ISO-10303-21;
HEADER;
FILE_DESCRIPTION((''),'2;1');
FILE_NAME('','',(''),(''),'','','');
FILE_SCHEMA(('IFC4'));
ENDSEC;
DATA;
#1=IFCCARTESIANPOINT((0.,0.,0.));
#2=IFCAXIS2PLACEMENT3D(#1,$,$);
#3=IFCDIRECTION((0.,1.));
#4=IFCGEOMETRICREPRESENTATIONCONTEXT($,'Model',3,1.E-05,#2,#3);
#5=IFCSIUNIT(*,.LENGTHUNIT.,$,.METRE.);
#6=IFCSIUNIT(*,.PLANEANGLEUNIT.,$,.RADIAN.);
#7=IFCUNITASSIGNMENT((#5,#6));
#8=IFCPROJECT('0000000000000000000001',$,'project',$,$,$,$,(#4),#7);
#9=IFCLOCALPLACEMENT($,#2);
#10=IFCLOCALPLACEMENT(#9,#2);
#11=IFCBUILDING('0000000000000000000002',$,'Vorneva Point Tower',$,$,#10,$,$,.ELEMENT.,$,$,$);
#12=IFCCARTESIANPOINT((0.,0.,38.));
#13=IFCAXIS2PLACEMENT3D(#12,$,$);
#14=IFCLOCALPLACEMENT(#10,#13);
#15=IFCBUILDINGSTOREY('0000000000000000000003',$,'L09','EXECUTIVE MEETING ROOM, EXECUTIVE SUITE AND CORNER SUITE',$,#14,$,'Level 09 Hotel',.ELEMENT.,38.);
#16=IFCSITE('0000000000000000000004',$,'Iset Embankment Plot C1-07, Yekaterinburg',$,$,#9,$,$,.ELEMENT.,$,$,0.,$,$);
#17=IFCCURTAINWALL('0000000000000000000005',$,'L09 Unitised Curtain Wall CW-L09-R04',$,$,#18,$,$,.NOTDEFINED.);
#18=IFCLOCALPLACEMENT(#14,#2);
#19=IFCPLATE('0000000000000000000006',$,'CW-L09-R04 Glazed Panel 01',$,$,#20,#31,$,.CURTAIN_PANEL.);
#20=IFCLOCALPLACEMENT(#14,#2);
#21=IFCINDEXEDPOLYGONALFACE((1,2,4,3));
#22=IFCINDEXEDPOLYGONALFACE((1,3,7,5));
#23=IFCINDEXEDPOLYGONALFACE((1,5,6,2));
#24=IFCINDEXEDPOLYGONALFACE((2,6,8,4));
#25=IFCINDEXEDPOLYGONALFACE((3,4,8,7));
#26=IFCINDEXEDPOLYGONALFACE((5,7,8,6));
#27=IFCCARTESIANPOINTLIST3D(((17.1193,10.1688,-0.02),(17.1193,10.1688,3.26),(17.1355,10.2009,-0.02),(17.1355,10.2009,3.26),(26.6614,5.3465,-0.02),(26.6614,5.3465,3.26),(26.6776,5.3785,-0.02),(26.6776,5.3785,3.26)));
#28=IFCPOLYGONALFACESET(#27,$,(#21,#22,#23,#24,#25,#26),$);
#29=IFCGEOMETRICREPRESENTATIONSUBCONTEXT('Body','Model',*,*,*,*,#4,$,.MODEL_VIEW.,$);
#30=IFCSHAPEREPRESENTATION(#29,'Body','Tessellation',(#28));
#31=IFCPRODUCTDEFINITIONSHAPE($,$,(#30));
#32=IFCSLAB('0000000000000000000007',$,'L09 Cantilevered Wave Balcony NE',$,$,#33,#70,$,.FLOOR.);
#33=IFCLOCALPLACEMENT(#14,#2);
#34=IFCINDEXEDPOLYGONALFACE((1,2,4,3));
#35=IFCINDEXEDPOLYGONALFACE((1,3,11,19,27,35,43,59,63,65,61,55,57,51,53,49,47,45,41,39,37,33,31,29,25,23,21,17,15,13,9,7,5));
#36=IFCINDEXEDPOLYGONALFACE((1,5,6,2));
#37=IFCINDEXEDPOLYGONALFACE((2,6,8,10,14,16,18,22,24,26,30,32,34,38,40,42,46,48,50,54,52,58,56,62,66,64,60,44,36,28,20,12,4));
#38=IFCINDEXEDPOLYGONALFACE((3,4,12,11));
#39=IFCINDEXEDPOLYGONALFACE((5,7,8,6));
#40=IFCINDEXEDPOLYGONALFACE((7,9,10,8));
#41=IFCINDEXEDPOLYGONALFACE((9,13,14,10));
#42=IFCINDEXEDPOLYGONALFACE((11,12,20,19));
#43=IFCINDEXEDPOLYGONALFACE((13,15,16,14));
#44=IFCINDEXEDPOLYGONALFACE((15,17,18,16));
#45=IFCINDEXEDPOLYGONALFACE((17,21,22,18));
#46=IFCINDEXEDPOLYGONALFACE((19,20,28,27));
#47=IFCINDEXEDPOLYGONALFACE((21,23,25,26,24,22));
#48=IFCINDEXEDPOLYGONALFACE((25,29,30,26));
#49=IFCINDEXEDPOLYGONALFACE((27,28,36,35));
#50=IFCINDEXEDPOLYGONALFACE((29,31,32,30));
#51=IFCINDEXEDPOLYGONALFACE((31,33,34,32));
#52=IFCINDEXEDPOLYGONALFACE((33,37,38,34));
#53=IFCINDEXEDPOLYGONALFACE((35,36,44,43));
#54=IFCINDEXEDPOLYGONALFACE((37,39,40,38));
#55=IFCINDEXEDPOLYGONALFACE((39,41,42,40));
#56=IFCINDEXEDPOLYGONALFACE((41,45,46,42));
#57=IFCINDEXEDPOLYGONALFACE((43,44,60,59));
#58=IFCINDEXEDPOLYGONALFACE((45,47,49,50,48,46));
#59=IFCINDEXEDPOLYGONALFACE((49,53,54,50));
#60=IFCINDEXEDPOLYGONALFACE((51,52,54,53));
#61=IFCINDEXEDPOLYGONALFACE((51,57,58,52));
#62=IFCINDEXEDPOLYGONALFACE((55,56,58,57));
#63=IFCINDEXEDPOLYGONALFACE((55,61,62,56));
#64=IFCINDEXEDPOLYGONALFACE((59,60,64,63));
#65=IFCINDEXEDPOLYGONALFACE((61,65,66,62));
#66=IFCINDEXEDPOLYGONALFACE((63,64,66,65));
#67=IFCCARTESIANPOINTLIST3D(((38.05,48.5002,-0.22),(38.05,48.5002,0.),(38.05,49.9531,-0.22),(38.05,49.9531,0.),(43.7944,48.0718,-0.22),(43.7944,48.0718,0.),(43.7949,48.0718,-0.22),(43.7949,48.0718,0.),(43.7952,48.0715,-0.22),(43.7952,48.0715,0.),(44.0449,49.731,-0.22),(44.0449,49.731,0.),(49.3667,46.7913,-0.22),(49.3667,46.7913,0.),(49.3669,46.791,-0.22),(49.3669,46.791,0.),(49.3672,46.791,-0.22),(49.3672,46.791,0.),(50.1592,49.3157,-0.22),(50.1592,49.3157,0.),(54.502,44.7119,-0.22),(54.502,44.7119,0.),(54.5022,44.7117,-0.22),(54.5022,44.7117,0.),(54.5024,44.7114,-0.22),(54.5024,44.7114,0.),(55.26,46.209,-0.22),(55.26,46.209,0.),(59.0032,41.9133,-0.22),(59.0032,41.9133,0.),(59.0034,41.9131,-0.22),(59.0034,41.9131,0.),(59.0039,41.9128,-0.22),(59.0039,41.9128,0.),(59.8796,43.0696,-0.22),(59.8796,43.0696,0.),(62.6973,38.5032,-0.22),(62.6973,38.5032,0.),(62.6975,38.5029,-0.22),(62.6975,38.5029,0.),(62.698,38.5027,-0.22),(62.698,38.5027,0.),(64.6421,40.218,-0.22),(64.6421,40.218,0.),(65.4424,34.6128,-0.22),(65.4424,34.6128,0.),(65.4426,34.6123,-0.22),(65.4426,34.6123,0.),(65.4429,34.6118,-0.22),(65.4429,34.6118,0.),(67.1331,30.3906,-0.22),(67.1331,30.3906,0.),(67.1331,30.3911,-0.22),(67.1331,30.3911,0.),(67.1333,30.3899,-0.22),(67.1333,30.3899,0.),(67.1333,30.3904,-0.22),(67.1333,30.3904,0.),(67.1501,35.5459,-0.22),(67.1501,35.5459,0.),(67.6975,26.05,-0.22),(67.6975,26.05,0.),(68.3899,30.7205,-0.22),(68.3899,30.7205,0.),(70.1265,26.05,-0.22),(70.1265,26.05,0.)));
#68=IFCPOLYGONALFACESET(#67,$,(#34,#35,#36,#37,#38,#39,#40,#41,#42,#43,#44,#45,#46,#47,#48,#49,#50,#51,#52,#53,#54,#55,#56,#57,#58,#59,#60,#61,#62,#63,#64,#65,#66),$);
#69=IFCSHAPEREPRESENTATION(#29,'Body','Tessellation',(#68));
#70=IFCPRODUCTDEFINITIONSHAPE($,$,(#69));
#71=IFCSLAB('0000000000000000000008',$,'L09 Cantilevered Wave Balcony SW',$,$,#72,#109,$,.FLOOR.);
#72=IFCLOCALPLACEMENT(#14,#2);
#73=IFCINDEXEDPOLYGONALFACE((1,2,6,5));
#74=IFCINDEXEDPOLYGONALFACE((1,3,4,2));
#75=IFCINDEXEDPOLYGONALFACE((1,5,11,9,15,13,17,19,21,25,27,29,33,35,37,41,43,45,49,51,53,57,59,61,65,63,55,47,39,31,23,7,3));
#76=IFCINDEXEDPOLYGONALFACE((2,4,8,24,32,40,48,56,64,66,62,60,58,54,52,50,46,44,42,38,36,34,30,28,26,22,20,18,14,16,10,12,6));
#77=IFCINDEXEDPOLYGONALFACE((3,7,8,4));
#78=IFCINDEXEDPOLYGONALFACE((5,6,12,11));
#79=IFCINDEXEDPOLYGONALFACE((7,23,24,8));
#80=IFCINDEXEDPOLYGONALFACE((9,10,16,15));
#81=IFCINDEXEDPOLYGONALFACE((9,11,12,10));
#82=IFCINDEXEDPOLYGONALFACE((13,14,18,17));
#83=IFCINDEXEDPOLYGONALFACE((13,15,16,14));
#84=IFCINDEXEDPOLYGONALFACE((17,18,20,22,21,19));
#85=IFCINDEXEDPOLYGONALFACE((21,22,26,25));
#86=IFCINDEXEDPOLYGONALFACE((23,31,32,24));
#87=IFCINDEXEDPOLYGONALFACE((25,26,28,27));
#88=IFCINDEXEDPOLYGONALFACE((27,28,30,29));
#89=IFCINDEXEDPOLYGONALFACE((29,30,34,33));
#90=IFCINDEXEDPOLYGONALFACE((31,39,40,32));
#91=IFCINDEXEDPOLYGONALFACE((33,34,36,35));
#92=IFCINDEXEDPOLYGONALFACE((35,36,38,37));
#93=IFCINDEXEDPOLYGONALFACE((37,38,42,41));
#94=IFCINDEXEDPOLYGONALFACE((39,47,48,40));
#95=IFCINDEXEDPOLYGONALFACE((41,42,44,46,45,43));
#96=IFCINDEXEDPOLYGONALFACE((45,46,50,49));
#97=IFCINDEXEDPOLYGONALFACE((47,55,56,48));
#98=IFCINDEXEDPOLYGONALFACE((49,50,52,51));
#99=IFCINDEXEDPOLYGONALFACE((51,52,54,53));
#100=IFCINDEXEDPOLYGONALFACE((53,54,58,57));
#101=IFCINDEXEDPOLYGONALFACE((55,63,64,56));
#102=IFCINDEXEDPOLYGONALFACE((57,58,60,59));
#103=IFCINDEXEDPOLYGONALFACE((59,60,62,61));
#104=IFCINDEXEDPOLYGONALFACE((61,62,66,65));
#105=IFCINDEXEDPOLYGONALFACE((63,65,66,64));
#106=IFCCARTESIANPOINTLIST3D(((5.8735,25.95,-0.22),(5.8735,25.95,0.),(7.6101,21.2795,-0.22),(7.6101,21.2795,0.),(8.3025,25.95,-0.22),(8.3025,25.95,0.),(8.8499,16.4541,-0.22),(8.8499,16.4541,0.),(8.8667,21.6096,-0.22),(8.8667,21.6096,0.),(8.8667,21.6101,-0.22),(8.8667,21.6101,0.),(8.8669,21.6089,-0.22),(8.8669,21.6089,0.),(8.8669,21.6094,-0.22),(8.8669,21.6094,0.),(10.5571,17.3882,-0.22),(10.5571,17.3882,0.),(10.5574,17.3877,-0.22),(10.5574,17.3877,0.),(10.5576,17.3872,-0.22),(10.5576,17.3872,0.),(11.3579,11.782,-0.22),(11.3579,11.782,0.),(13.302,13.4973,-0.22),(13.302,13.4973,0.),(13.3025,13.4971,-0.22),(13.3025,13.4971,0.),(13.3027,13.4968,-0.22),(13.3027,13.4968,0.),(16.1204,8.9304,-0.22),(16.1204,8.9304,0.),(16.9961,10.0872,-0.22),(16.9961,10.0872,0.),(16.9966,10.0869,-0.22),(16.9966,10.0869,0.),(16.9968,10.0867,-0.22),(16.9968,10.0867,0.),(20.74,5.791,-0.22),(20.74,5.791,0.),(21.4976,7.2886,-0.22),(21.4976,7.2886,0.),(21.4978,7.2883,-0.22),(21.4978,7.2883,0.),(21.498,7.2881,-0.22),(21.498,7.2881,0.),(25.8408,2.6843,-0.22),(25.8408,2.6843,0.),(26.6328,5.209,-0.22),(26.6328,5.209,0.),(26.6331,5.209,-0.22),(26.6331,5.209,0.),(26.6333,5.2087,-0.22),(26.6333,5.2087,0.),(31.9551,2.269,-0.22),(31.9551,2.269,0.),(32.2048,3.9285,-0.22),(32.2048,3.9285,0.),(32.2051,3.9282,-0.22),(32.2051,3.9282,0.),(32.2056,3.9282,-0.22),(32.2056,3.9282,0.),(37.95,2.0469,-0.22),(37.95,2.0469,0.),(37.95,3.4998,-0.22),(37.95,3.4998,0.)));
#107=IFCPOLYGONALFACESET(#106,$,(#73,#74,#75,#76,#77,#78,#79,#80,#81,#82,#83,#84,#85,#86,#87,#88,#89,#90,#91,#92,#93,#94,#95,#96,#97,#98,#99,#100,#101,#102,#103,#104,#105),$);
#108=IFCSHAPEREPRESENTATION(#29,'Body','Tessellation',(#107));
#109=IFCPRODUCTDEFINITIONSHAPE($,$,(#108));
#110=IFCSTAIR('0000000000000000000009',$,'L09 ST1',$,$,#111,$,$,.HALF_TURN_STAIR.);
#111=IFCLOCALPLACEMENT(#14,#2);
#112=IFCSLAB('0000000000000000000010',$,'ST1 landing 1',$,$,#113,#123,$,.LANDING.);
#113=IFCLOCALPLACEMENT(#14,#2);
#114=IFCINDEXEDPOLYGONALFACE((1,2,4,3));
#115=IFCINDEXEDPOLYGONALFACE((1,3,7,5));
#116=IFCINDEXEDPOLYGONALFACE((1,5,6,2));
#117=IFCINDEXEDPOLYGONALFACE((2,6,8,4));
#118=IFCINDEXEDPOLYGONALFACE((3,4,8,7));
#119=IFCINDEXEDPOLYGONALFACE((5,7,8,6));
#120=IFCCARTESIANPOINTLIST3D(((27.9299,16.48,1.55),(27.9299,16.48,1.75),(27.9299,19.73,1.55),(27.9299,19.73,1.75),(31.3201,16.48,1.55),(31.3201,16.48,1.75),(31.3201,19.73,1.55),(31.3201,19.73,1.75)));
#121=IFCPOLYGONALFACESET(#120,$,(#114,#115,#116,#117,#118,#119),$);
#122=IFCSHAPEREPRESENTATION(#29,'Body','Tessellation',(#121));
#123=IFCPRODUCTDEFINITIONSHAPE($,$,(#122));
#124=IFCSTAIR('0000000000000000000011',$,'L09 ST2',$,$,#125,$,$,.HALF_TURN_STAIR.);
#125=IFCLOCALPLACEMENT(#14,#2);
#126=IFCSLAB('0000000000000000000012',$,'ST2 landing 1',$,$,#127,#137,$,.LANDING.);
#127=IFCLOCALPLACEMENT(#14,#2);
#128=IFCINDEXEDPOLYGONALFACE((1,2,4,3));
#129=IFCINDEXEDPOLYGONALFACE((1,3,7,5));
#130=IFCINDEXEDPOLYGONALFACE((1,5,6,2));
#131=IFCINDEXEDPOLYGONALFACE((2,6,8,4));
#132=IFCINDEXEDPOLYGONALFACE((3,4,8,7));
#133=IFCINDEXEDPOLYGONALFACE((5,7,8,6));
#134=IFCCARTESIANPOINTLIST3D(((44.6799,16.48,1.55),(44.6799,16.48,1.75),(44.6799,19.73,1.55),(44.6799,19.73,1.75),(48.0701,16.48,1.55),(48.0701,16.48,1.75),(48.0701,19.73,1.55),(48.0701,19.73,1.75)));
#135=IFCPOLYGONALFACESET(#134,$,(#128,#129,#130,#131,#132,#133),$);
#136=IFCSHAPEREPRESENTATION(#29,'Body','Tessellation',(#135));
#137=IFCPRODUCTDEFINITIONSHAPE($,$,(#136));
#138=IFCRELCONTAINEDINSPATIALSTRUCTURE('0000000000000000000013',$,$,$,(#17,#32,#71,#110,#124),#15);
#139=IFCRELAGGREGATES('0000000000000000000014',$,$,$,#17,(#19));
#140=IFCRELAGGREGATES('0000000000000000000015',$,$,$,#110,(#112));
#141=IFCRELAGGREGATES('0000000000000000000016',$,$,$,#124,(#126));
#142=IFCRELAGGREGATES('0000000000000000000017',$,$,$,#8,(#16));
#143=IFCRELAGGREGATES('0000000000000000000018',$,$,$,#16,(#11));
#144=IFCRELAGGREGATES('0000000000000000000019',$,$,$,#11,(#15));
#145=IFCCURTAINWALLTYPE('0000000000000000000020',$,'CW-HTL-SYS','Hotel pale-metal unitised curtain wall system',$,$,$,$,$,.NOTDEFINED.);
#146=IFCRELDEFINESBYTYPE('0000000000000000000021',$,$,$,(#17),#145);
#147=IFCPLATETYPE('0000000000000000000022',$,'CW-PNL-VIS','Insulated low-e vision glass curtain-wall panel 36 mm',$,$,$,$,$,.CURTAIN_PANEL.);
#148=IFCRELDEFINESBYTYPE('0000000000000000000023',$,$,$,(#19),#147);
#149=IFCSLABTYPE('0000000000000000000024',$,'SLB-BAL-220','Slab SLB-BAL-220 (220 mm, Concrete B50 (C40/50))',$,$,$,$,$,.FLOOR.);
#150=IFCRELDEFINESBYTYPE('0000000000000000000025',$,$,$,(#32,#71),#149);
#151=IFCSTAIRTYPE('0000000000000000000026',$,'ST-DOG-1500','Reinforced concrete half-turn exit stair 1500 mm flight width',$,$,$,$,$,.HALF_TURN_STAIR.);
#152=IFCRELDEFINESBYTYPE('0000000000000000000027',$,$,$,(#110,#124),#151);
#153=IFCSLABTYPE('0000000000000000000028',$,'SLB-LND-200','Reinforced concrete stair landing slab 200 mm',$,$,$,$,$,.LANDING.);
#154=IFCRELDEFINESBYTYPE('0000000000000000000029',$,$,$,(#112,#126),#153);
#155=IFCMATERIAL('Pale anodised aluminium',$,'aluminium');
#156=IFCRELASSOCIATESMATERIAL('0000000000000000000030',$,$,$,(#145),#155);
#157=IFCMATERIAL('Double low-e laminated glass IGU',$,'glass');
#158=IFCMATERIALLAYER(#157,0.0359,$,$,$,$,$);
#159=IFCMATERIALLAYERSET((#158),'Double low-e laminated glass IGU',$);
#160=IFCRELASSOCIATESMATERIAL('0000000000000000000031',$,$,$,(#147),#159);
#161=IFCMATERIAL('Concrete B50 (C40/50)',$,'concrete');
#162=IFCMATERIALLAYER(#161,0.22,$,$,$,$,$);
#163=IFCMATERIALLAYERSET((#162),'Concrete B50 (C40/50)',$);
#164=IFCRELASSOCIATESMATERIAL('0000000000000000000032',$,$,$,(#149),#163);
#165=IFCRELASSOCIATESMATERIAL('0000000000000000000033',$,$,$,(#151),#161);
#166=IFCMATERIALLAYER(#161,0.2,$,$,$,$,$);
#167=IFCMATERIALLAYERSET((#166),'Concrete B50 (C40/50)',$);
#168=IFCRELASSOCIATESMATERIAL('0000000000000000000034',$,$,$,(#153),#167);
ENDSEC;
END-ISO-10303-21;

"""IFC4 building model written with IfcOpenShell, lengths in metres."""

from ifc_helpers import new_model, si_unit, direction, frame, origin, origin_2d, place, context, subcontext, project, spatial, polyline, rectangle, outline, extrude, material, layer, layer_set, type_object, element, aggregate, save


model = new_model("IFC4")

# Units and contexts
model_context = context("Model", 3, precision=1e-05, world=origin(), true_north=direction((0.0, 1.0)))
body_context = subcontext(model_context, "Body", "Model", "MODEL_VIEW")
ifc_project = project(units=[si_unit("LENGTHUNIT", "METRE"), si_unit("PLANEANGLEUNIT", "RADIAN")], contexts=[model_context])

# Site, building, storey
site_placement = place(None, origin())
site = spatial("IfcSite", under=ifc_project, at=site_placement, Name="Iset Embankment Plot C1-07, Yekaterinburg", CompositionType="ELEMENT", RefElevation=0.0)
building_placement = place(site_placement, origin())
building = spatial("IfcBuilding", under=site, at=building_placement, Name="Vorneva Point Tower", CompositionType="ELEMENT")
storey_placement = place(building_placement, frame((0.0, 0.0, 38.0)))
storey = spatial("IfcBuildingStorey", under=building, at=storey_placement, Name="L09", Description="EXECUTIVE MEETING ROOM, EXECUTIVE SUITE AND CORNER SUITE", LongName="Level 09 Hotel", CompositionType="ELEMENT", Elevation=38.0)

# Curtain wall, plate
ifc_material_1 = material(Name="Pale anodised aluminium", Category="aluminium")
curtain_wall_type = type_object("IfcCurtainWallType", Name="CW-HTL-SYS", Description="Hotel pale-metal unitised curtain wall system", PredefinedType="NOTDEFINED", material=ifc_material_1)
curtain_wall_placement = place(storey_placement, origin())
curtain_wall = element("IfcCurtainWall", 1, at=curtain_wall_placement, inside=storey, type_object=curtain_wall_type, Name="L09 Unitised Curtain Wall CW-L09-R04", PredefinedType="NOTDEFINED")
ifc_material_2 = material(Name="Double low-e laminated glass IGU", Category="glass")
ifc_layer_1 = layer(ifc_material_2, 0.0359)
ifc_layer_set_1 = layer_set([ifc_layer_1], Name="Double low-e laminated glass IGU")
plate_type = type_object("IfcPlateType", Name="CW-PNL-VIS", Description="Insulated low-e vision glass curtain-wall panel 36 mm", PredefinedType="CURTAIN_PANEL", material=ifc_layer_set_1)
plate_placement = place(storey_placement, frame((21.8984, 7.7737, -0.02), z_axis=(0.0, 0.0, 1.0), x_axis=(0.892499, -0.451049, 0.0)))
plate = element("IfcPlate", 2, at=plate_placement, type_object=plate_type, Name="CW-L09-R04 Glazed Panel 01", PredefinedType="CURTAIN_PANEL", context=body_context, shape_type="SweptSolid", body=[
    extrude(rectangle(XDim=10.6914, YDim=0.0359, at=origin_2d()), origin(), (0.0, 0.0, 1.0), 3.28),
])
aggregate(curtain_wall, [plate])

# Slabs
ifc_material_3 = material(Name="Concrete B50 (C40/50)", Category="concrete")
ifc_layer_2 = layer(ifc_material_3, 0.22)
ifc_layer_set_2 = layer_set([ifc_layer_2], Name="Concrete B50 (C40/50)")
slab_type_1 = type_object("IfcSlabType", Name="SLB-BAL-220", Description="Slab SLB-BAL-220 (220 mm, Concrete B50 (C40/50))", PredefinedType="FLOOR", material=ifc_layer_set_2)
slab_1_placement = place(storey_placement, frame((0.0, 0.0, -0.22)))
element("IfcSlab", 3, at=slab_1_placement, inside=storey, type_object=slab_type_1, Name="L09 Cantilevered Wave Balcony NE", PredefinedType="FLOOR", context=body_context, shape_type="SweptSolid", body=[
    extrude(outline(polyline([(38.05, 49.9531), (38.05, 48.5002), (43.7944, 48.0718), (43.7949, 48.0718), (43.7952, 48.0715), (49.3667, 46.7913), (49.3669, 46.791), (49.3672, 46.791), (54.502, 44.7119), (54.5022, 44.7117), (54.5024, 44.7114), (59.0032, 41.9133), (59.0034, 41.9131), (59.0039, 41.9128), (62.6973, 38.5032), (62.6975, 38.5029), (62.698, 38.5027), (65.4424, 34.6128), (65.4426, 34.6123), (65.4429, 34.6118), (67.1331, 30.3911), (67.1331, 30.3906), (67.1333, 30.3904), (67.1333, 30.3899), (67.6975, 26.05), (70.1265, 26.05), (68.3899, 30.7205), (67.1501, 35.5459), (64.6421, 40.218), (59.8796, 43.0696), (55.26, 46.209), (50.1592, 49.3157), (44.0449, 49.731), (38.05, 49.9531)])), origin(), (0.0, 0.0, 1.0), 0.22),
])
slab_2_placement = place(storey_placement, frame((0.0, 0.0, -0.22)))
element("IfcSlab", 4, at=slab_2_placement, inside=storey, type_object=slab_type_1, Name="L09 Cantilevered Wave Balcony SW", PredefinedType="FLOOR", context=body_context, shape_type="SweptSolid", body=[
    extrude(outline(polyline([(37.95, 2.0469), (37.95, 3.4998), (32.2056, 3.9282), (32.2051, 3.9282), (32.2048, 3.9285), (26.6333, 5.2087), (26.6331, 5.209), (26.6328, 5.209), (21.498, 7.2881), (21.4978, 7.2883), (21.4976, 7.2886), (16.9968, 10.0867), (16.9966, 10.0869), (16.9961, 10.0872), (13.3027, 13.4968), (13.3025, 13.4971), (13.302, 13.4973), (10.5576, 17.3872), (10.5574, 17.3877), (10.5571, 17.3882), (8.8669, 21.6089), (8.8669, 21.6094), (8.8667, 21.6096), (8.8667, 21.6101), (8.3025, 25.95), (5.8735, 25.95), (7.6101, 21.2795), (8.8499, 16.4541), (11.3579, 11.782), (16.1204, 8.9304), (20.74, 5.791), (25.8408, 2.6843), (31.9551, 2.269), (37.95, 2.0469)])), origin(), (0.0, 0.0, 1.0), 0.22),
])

# Stairs, slabs
stair_type = type_object("IfcStairType", Name="ST-DOG-1500", Description="Reinforced concrete half-turn exit stair 1500 mm flight width", PredefinedType="HALF_TURN_STAIR", material=ifc_material_3)
stair_1_placement = place(storey_placement, origin())
stair_1 = element("IfcStair", 5, at=stair_1_placement, inside=storey, type_object=stair_type, Name="L09 ST1", PredefinedType="HALF_TURN_STAIR")
ifc_layer_3 = layer(ifc_material_3, 0.2)
ifc_layer_set_3 = layer_set([ifc_layer_3], Name="Concrete B50 (C40/50)")
slab_type_2 = type_object("IfcSlabType", Name="SLB-LND-200", Description="Reinforced concrete stair landing slab 200 mm", PredefinedType="LANDING", material=ifc_layer_set_3)
slab_3_placement = place(storey_placement, frame((0.0, 0.0, 1.55)))
slab_3 = element("IfcSlab", 6, at=slab_3_placement, type_object=slab_type_2, Name="ST1 landing 1", PredefinedType="LANDING", context=body_context, shape_type="SweptSolid", body=[
    extrude(outline(polyline([(27.9299, 16.48), (31.3201, 16.48), (31.3201, 19.73), (27.9299, 19.73), (27.9299, 16.48)])), origin(), (0.0, 0.0, 1.0), 0.2),
])
aggregate(stair_1, [slab_3])
stair_2_placement = place(storey_placement, origin())
stair_2 = element("IfcStair", 7, at=stair_2_placement, inside=storey, type_object=stair_type, Name="L09 ST2", PredefinedType="HALF_TURN_STAIR")
slab_4_placement = place(storey_placement, frame((0.0, 0.0, 1.55)))
slab_4 = element("IfcSlab", 8, at=slab_4_placement, type_object=slab_type_2, Name="ST2 landing 1", PredefinedType="LANDING", context=body_context, shape_type="SweptSolid", body=[
    extrude(outline(polyline([(44.6799, 16.48), (48.0701, 16.48), (48.0701, 19.73), (44.6799, 19.73), (44.6799, 16.48)])), origin(), (0.0, 0.0, 1.0), 0.2),
])
aggregate(stair_2, [slab_4])

save(model, "model.ifc")
